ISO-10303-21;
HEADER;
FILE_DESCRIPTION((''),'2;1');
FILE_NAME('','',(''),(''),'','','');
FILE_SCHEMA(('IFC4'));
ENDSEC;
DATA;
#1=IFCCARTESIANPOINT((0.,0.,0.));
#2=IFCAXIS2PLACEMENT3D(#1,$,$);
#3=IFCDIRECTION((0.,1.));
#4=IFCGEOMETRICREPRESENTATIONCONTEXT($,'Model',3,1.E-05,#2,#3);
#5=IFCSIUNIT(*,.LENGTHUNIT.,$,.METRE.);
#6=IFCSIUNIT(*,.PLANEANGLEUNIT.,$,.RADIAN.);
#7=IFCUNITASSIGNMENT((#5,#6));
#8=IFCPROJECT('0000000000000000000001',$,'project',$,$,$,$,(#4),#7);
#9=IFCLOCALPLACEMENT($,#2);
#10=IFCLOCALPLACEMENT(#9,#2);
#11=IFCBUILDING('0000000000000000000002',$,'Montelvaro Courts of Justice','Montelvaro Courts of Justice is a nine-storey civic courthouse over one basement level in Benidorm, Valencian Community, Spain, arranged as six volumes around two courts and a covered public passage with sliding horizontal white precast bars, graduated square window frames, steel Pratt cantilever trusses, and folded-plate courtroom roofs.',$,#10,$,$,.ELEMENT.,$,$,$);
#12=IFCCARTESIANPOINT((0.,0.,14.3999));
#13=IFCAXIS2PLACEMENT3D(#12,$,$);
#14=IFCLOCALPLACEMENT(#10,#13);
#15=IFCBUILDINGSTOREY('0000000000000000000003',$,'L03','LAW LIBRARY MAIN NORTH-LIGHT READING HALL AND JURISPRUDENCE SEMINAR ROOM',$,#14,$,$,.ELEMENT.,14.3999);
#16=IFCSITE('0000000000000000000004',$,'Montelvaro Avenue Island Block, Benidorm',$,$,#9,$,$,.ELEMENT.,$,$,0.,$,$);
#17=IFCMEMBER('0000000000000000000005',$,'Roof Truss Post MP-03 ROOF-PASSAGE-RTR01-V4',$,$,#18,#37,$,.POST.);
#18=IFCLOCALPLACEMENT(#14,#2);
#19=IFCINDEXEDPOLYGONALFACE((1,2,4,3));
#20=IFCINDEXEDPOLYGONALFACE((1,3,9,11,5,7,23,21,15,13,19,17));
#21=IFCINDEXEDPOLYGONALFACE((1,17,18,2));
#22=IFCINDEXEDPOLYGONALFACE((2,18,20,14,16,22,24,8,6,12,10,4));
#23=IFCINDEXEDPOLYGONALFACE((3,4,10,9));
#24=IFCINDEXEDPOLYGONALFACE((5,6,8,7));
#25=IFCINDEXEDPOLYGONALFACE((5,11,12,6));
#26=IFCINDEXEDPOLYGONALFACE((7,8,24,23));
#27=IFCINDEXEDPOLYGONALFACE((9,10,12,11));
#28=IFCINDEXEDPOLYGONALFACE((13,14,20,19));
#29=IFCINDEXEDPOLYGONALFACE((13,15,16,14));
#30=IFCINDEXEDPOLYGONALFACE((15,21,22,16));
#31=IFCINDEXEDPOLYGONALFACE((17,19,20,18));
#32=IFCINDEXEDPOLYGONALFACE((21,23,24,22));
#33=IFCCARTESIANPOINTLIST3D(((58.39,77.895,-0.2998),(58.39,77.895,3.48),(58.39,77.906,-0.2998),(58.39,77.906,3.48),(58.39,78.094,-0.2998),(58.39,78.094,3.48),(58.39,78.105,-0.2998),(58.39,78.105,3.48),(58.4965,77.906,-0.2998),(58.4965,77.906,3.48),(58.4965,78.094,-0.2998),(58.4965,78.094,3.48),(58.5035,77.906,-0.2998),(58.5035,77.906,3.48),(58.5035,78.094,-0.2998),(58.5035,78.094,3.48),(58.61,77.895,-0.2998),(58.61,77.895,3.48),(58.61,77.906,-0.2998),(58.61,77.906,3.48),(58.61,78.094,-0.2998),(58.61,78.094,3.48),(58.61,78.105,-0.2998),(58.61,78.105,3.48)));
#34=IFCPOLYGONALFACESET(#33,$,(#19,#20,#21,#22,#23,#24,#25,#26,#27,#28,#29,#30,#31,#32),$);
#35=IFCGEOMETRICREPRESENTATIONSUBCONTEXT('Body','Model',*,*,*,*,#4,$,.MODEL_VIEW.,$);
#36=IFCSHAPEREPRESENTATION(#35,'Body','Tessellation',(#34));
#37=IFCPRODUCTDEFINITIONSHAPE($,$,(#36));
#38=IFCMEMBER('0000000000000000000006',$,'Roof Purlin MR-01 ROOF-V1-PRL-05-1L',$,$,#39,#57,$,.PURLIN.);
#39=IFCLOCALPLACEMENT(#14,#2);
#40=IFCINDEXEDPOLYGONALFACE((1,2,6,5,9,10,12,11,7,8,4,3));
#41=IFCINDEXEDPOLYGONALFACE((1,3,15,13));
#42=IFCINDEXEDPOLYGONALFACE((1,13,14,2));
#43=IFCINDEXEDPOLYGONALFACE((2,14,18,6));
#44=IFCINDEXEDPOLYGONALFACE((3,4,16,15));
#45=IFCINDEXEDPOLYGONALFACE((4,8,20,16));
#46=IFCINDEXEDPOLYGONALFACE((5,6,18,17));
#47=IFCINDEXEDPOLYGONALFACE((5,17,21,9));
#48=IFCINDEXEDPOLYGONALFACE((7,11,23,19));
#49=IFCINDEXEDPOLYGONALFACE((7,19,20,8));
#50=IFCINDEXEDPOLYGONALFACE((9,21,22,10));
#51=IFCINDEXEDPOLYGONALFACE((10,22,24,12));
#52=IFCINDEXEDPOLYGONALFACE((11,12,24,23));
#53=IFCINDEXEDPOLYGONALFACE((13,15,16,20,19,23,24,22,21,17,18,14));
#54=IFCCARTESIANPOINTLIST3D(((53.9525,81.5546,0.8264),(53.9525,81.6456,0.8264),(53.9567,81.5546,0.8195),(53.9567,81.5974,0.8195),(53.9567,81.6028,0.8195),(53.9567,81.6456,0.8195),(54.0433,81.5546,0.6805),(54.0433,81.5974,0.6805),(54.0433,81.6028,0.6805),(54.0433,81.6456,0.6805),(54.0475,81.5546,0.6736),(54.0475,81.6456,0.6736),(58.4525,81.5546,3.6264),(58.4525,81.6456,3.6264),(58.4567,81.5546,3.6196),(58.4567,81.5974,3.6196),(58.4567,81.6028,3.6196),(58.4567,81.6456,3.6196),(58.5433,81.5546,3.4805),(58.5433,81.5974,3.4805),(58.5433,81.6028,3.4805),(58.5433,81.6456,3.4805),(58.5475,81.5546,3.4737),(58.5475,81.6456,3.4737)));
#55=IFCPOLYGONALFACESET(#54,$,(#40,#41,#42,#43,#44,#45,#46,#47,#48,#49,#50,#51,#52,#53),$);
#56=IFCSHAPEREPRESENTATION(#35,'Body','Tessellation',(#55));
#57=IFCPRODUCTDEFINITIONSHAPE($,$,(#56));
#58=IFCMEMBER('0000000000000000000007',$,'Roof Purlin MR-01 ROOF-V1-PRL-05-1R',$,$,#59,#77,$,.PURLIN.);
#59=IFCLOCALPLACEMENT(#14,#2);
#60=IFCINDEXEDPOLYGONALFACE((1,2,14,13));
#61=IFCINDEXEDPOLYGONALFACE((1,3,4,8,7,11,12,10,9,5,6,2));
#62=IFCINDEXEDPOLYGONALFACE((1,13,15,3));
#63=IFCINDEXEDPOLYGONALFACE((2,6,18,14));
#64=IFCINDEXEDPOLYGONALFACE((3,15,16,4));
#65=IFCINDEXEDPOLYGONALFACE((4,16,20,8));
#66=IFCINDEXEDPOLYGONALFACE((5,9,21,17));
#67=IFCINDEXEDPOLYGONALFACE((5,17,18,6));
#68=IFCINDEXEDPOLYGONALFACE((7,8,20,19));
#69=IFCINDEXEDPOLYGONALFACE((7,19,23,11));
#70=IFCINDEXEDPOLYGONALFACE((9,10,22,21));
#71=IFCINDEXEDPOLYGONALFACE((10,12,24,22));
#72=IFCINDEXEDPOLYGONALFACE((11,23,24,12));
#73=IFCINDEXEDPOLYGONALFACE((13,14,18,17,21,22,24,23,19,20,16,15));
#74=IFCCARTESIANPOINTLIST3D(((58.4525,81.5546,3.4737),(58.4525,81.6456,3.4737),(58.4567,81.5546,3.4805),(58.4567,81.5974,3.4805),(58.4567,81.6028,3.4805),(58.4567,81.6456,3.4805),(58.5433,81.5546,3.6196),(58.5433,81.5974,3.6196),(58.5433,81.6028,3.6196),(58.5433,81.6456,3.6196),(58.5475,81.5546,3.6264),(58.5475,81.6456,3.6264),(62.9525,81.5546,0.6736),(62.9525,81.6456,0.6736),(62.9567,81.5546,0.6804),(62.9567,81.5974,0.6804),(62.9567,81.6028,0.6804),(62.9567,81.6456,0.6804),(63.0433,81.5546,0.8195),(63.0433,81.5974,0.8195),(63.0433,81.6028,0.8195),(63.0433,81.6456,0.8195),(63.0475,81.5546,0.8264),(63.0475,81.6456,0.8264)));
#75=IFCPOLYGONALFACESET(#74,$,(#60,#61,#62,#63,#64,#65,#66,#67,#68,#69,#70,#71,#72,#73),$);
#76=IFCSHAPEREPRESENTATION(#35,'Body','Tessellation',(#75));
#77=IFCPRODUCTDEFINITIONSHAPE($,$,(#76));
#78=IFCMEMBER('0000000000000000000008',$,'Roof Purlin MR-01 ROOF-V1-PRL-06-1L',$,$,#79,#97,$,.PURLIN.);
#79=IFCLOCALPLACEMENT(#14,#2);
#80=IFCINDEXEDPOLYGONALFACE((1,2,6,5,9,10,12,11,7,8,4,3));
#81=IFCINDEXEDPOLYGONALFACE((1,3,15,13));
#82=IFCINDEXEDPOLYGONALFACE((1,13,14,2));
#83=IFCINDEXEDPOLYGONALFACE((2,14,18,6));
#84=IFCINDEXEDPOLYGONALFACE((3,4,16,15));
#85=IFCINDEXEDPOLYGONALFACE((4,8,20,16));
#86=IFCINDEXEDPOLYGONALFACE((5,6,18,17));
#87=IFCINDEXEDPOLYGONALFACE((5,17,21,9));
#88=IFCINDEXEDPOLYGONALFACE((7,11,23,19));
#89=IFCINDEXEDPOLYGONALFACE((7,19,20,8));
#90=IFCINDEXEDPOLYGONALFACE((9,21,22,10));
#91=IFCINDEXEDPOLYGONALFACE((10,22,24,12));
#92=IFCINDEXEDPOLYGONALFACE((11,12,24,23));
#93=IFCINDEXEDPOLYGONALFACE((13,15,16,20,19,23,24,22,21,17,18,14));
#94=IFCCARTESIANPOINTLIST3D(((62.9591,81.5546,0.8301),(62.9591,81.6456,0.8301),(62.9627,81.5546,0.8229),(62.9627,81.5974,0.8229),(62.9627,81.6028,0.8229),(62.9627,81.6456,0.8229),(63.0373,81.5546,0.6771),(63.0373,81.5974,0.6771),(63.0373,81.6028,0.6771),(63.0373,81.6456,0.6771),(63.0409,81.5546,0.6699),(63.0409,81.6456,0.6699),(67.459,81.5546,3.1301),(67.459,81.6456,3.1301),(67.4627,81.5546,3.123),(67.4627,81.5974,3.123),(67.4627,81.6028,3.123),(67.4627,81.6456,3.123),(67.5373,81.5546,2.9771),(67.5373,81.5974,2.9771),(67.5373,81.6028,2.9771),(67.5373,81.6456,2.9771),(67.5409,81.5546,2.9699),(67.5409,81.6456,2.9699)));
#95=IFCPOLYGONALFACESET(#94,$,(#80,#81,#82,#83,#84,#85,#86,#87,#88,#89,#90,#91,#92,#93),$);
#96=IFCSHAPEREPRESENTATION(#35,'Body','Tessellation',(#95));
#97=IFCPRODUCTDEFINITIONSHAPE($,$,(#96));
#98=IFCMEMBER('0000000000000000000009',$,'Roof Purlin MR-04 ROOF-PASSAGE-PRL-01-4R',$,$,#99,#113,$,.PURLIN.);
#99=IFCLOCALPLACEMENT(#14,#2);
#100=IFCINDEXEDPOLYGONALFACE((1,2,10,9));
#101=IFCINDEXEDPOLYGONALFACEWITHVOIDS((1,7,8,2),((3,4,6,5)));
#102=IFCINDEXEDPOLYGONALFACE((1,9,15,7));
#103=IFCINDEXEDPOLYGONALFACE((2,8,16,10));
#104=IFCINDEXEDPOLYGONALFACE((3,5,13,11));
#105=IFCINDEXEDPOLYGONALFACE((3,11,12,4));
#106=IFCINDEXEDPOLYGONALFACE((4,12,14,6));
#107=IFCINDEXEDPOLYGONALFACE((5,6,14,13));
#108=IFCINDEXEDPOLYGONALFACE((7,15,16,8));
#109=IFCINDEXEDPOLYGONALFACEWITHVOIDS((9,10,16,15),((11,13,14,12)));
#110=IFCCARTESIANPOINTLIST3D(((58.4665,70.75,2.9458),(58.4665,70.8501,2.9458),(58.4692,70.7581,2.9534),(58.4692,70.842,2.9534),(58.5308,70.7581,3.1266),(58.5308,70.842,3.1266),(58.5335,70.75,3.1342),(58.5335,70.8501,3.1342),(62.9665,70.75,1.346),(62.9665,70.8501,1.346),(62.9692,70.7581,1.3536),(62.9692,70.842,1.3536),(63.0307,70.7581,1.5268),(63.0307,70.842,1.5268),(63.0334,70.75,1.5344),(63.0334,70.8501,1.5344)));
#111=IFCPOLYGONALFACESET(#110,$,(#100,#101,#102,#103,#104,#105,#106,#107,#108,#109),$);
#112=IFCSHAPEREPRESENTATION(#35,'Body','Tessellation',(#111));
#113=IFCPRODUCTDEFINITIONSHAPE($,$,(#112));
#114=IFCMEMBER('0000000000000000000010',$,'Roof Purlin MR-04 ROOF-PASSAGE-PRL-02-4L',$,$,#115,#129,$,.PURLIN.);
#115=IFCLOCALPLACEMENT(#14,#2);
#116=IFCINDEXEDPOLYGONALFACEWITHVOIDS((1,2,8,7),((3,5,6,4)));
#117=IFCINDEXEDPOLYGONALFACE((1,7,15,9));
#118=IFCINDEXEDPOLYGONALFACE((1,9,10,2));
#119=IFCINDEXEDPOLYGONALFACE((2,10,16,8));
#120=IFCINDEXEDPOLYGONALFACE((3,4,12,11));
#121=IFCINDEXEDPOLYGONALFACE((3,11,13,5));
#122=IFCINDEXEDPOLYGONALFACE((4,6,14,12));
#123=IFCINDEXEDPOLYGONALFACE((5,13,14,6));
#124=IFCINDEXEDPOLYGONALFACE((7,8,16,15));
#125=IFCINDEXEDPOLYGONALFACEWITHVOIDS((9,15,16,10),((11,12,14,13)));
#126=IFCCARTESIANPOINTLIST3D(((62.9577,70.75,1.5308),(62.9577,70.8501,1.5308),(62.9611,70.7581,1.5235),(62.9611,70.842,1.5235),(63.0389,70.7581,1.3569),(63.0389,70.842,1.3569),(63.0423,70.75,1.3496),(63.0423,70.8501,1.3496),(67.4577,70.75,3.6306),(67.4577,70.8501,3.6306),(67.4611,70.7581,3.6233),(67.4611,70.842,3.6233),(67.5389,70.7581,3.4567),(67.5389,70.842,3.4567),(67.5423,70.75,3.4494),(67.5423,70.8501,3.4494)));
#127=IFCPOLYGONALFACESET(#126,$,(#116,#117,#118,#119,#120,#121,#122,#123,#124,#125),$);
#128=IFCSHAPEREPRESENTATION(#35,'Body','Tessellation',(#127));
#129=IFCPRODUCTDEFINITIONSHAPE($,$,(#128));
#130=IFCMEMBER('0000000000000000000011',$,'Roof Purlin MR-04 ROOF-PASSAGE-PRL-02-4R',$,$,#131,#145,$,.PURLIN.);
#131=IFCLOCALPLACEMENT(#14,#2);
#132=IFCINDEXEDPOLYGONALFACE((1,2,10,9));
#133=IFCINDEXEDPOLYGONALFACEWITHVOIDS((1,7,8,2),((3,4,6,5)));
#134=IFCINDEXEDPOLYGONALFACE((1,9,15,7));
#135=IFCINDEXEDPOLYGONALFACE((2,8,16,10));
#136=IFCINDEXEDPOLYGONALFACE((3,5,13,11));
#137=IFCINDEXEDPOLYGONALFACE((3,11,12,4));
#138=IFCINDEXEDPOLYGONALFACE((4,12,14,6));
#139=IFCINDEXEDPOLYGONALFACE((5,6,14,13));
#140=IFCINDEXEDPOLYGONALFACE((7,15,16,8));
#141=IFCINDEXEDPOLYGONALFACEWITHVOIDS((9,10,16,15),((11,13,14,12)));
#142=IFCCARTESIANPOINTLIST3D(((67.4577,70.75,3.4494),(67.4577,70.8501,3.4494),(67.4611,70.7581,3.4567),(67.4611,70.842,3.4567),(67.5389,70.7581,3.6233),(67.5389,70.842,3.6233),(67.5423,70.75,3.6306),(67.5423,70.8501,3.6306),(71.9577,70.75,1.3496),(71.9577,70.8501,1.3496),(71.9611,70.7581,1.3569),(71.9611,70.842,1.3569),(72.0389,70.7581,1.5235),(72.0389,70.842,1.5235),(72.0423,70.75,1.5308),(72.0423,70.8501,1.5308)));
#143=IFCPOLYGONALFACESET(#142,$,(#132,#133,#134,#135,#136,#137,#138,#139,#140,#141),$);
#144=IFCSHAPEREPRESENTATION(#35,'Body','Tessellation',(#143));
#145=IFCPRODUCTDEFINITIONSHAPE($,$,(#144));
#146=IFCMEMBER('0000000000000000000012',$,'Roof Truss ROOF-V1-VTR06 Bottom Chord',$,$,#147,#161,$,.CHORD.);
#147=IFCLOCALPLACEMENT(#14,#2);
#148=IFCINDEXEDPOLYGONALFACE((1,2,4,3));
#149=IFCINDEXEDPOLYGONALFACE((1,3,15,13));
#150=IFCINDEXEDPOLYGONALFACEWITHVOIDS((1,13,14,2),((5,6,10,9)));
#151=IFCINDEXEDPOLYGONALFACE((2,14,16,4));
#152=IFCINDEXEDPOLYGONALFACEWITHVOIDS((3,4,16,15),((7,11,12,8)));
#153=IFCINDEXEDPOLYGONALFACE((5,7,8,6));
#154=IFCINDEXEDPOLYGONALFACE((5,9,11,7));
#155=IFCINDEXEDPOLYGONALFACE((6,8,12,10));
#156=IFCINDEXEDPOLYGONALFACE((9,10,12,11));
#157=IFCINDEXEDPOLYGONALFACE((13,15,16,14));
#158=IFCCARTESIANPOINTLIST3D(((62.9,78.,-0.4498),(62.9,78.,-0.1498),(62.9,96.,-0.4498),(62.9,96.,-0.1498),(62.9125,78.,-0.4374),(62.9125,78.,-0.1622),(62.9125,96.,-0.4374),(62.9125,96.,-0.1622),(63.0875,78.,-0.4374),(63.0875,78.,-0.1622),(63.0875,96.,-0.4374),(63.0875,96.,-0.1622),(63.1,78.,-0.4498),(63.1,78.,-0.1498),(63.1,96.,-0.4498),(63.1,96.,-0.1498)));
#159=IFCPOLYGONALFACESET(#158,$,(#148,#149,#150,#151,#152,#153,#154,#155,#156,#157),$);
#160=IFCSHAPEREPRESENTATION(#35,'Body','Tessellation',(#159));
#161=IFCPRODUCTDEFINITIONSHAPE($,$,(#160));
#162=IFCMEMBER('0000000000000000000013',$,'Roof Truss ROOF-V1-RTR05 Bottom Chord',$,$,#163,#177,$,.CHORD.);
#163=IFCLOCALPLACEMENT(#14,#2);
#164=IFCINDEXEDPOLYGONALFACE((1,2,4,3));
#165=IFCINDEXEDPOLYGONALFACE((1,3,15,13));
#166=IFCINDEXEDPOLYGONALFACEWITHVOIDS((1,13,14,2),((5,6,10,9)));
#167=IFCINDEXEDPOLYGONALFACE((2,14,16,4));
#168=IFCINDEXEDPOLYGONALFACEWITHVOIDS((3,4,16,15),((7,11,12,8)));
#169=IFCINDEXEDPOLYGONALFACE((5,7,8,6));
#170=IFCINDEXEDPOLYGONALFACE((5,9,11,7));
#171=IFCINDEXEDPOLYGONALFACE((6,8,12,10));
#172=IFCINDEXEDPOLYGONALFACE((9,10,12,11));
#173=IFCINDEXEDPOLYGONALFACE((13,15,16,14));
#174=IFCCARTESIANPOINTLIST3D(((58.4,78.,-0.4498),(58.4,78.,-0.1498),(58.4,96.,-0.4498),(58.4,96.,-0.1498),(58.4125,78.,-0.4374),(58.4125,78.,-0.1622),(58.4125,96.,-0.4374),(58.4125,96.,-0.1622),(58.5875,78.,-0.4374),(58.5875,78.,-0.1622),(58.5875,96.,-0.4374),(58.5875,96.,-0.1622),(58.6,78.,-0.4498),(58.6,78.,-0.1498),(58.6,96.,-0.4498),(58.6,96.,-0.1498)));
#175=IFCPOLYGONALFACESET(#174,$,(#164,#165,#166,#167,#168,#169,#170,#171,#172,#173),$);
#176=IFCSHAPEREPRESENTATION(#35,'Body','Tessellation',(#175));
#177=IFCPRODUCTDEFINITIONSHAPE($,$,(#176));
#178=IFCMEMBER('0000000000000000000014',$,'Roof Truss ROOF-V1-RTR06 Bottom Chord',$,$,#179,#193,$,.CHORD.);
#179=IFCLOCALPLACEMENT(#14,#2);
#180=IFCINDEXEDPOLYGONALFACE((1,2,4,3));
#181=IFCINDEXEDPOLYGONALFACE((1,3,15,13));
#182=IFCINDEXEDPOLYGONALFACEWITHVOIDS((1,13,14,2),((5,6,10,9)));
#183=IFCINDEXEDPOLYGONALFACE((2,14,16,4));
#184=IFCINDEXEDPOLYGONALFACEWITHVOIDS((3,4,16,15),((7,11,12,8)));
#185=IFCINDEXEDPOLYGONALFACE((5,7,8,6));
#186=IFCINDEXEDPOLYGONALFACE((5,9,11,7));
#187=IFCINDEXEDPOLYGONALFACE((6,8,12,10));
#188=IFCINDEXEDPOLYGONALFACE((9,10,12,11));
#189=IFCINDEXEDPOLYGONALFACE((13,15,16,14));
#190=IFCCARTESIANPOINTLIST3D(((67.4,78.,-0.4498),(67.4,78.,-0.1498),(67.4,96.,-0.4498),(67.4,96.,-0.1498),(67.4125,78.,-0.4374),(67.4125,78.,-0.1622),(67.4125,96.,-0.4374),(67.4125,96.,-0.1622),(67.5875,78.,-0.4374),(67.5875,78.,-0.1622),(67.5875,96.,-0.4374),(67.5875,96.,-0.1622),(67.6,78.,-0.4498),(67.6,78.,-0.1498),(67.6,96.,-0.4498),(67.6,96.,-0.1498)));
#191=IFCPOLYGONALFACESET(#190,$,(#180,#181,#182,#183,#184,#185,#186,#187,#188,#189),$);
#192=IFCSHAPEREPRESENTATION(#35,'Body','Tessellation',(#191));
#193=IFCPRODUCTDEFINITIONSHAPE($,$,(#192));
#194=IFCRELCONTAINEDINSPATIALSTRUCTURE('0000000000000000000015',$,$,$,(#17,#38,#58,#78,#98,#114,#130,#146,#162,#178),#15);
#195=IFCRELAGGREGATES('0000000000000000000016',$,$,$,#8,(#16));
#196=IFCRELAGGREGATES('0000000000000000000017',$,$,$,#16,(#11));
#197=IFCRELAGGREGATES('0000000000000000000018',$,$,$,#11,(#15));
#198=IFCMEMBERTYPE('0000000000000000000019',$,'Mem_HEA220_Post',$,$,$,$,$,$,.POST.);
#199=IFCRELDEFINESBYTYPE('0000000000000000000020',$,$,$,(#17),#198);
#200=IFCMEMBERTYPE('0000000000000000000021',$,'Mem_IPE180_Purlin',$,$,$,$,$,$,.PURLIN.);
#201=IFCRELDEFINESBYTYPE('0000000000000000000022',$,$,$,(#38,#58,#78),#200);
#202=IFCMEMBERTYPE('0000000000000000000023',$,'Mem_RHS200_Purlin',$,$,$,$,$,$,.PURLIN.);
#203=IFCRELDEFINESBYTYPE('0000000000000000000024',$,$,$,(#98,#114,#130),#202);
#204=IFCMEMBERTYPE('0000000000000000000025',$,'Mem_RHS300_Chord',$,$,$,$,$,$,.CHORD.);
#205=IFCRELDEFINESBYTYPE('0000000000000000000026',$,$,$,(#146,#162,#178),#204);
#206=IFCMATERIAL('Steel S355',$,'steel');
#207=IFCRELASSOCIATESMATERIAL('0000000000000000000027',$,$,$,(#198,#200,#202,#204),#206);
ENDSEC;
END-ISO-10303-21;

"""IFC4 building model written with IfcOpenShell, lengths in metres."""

from ifc_helpers import new_model, si_unit, direction, frame, origin, origin_2d, place, context, subcontext, project, spatial, hollow_rectangle, i_section, extrude, material, material_profile, profile_set, type_object, element, save


model = new_model("IFC4")

# Units and contexts
model_context = context("Model", 3, precision=1e-05, world=origin(), true_north=direction((0.0, 1.0)))
body_context = subcontext(model_context, "Body", "Model", "MODEL_VIEW")
ifc_project = project(units=[si_unit("LENGTHUNIT", "METRE"), si_unit("PLANEANGLEUNIT", "RADIAN")], contexts=[model_context])

# Site, building, storey
site_placement = place(None, origin())
site = spatial("IfcSite", under=ifc_project, at=site_placement, Name="Montelvaro Avenue Island Block, Benidorm", CompositionType="ELEMENT", RefElevation=0.0)
building_placement = place(site_placement, origin())
building = spatial("IfcBuilding", under=site, at=building_placement, Name="Montelvaro Courts of Justice", Description="Montelvaro Courts of Justice is a nine-storey civic courthouse over one basement level in Benidorm, Valencian Community, Spain, arranged as six volumes around two courts and a covered public passage with sliding horizontal white precast bars, graduated square window frames, steel Pratt cantilever trusses, and folded-plate courtroom roofs.", CompositionType="ELEMENT")
storey_placement = place(building_placement, frame((0.0, 0.0, 14.3999)))
storey = spatial("IfcBuildingStorey", under=building, at=storey_placement, Name="L03", Description="LAW LIBRARY MAIN NORTH-LIGHT READING HALL AND JURISPRUDENCE SEMINAR ROOM", CompositionType="ELEMENT", Elevation=14.3999)

# Members
ifc_material_1 = material(Name="Steel S355", Category="steel")
ifc_material_profile_1 = material_profile(ifc_material_1, i_section(OverallWidth=0.22, OverallDepth=0.21, WebThickness=0.0071, FlangeThickness=0.011, at=origin_2d()), Name="HEA 220")
ifc_profile_set_1 = profile_set([ifc_material_profile_1], Name="Steel S355")
member_type_1 = type_object("IfcMemberType", Name="Mem_HEA220_Post", PredefinedType="POST", material=ifc_profile_set_1)
member_1_placement = place(storey_placement, frame((58.5, 78.0, -0.2998), z_axis=(0.0, 0.0, 1.0), x_axis=(1.0, 0.0, 0.0)))
element("IfcMember", 1, at=member_1_placement, inside=storey, type_object=member_type_1, Name="Roof Truss Post MP-03 ROOF-PASSAGE-RTR01-V4", PredefinedType="POST", context=body_context, shape_type="SweptSolid", body=[
    extrude(i_section(OverallWidth=0.22, OverallDepth=0.21, WebThickness=0.0071, FlangeThickness=0.011, at=origin_2d()), origin(), (0.0, 0.0, 1.0), 3.7798),
])
ifc_material_profile_2 = material_profile(ifc_material_1, i_section(OverallWidth=0.0911, OverallDepth=0.1799, WebThickness=0.0054, FlangeThickness=0.0081, at=origin_2d()), Name="IPE 180")
ifc_profile_set_2 = profile_set([ifc_material_profile_2], Name="Steel S355")
member_type_2 = type_object("IfcMemberType", Name="Mem_IPE180_Purlin", PredefinedType="PURLIN", material=ifc_profile_set_2)
for number, where, z_axis, x_axis, name in (
    (2, (54.0, 81.6001, 0.75), (0.849052, 0.0, 0.528309), (0.0, 1.0, 0.0), "Roof Purlin MR-01 ROOF-V1-PRL-05-1L"),
    (3, (58.5, 81.6001, 3.55), (0.849052, 0.0, -0.528309), (0.0, 1.0, 0.0), "Roof Purlin MR-01 ROOF-V1-PRL-05-1R"),
):
    element("IfcMember", number, at=place(storey_placement, frame(where, z_axis=z_axis, x_axis=x_axis)), inside=storey, type_object=member_type_2, Name=name, PredefinedType="PURLIN", context=body_context, shape_type="SweptSolid", body=[
        extrude(i_section(OverallWidth=0.0911, OverallDepth=0.1799, WebThickness=0.0054, FlangeThickness=0.0081, at=origin_2d()), origin(), (0.0, 0.0, 1.0), 5.3),
    ])
member_2_placement = place(storey_placement, frame((63.0, 81.6001, 0.75), z_axis=(0.890431, 0.0, 0.455119), x_axis=(0.0, 1.0, 0.0)))
element("IfcMember", 4, at=member_2_placement, inside=storey, type_object=member_type_2, Name="Roof Purlin MR-01 ROOF-V1-PRL-06-1L", PredefinedType="PURLIN", context=body_context, shape_type="SweptSolid", body=[
    extrude(i_section(OverallWidth=0.0911, OverallDepth=0.1799, WebThickness=0.0054, FlangeThickness=0.0081, at=origin_2d()), origin(), (0.0, 0.0, 1.0), 5.0537),
])
ifc_material_profile_3 = material_profile(ifc_material_1, hollow_rectangle(XDim=0.1001, YDim=0.2, WallThickness=0.0081, at=origin_2d()), Name="RHS 200x100x8")
ifc_profile_set_3 = profile_set([ifc_material_profile_3], Name="Steel S355")
member_type_3 = type_object("IfcMemberType", Name="Mem_RHS200_Purlin", PredefinedType="PURLIN", material=ifc_profile_set_3)
member_3_placement = place(storey_placement, frame((58.5, 70.8, 3.04), z_axis=(0.942224, 0.0, -0.334982), x_axis=(0.0, 1.0, 0.0)))
element("IfcMember", 5, at=member_3_placement, inside=storey, type_object=member_type_3, Name="Roof Purlin MR-04 ROOF-PASSAGE-PRL-01-4R", PredefinedType="PURLIN", context=body_context, shape_type="SweptSolid", body=[
    extrude(hollow_rectangle(XDim=0.1001, YDim=0.2, WallThickness=0.0081, at=origin_2d()), origin(), (0.0, 0.0, 1.0), 4.7759),
])
for number, where, z_axis, x_axis, name in (
    (6, (63.0, 70.8, 1.4402), (0.906194, 0.0, 0.422861), (0.0, 1.0, 0.0), "Roof Purlin MR-04 ROOF-PASSAGE-PRL-02-4L"),
    (7, (67.5, 70.8, 3.54), (0.906194, 0.0, -0.422861), (0.0, 1.0, 0.0), "Roof Purlin MR-04 ROOF-PASSAGE-PRL-02-4R"),
):
    element("IfcMember", number, at=place(storey_placement, frame(where, z_axis=z_axis, x_axis=x_axis)), inside=storey, type_object=member_type_3, Name=name, PredefinedType="PURLIN", context=body_context, shape_type="SweptSolid", body=[
        extrude(hollow_rectangle(XDim=0.1001, YDim=0.2, WallThickness=0.0081, at=origin_2d()), origin(), (0.0, 0.0, 1.0), 4.9658),
    ])
ifc_material_profile_4 = material_profile(ifc_material_1, hollow_rectangle(XDim=0.2, YDim=0.3, WallThickness=0.0125, at=origin_2d()), Name="RHS 300x200x12.5")
ifc_profile_set_4 = profile_set([ifc_material_profile_4], Name="Steel S355")
member_type_4 = type_object("IfcMemberType", Name="Mem_RHS300_Chord", PredefinedType="CHORD", material=ifc_profile_set_4)
for number, where, z_axis, x_axis, name in (
    (8, (63.0, 78.0, -0.2998), (0.0, 1.0, 0.0), (-1.0, 0.0, 0.0), "Roof Truss ROOF-V1-VTR06 Bottom Chord"),
    (9, (58.5, 78.0, -0.2998), (0.0, 1.0, 0.0), (-1.0, 0.0, 0.0), "Roof Truss ROOF-V1-RTR05 Bottom Chord"),
    (10, (67.5, 78.0, -0.2998), (0.0, 1.0, 0.0), (-1.0, 0.0, 0.0), "Roof Truss ROOF-V1-RTR06 Bottom Chord"),
):
    element("IfcMember", number, at=place(storey_placement, frame(where, z_axis=z_axis, x_axis=x_axis)), inside=storey, type_object=member_type_4, Name=name, PredefinedType="CHORD", context=body_context, shape_type="SweptSolid", body=[
        extrude(hollow_rectangle(XDim=0.2, YDim=0.3, WallThickness=0.0125, at=origin_2d()), origin(), (0.0, 0.0, 1.0), 18.0),
    ])

save(model, "model.ifc")
